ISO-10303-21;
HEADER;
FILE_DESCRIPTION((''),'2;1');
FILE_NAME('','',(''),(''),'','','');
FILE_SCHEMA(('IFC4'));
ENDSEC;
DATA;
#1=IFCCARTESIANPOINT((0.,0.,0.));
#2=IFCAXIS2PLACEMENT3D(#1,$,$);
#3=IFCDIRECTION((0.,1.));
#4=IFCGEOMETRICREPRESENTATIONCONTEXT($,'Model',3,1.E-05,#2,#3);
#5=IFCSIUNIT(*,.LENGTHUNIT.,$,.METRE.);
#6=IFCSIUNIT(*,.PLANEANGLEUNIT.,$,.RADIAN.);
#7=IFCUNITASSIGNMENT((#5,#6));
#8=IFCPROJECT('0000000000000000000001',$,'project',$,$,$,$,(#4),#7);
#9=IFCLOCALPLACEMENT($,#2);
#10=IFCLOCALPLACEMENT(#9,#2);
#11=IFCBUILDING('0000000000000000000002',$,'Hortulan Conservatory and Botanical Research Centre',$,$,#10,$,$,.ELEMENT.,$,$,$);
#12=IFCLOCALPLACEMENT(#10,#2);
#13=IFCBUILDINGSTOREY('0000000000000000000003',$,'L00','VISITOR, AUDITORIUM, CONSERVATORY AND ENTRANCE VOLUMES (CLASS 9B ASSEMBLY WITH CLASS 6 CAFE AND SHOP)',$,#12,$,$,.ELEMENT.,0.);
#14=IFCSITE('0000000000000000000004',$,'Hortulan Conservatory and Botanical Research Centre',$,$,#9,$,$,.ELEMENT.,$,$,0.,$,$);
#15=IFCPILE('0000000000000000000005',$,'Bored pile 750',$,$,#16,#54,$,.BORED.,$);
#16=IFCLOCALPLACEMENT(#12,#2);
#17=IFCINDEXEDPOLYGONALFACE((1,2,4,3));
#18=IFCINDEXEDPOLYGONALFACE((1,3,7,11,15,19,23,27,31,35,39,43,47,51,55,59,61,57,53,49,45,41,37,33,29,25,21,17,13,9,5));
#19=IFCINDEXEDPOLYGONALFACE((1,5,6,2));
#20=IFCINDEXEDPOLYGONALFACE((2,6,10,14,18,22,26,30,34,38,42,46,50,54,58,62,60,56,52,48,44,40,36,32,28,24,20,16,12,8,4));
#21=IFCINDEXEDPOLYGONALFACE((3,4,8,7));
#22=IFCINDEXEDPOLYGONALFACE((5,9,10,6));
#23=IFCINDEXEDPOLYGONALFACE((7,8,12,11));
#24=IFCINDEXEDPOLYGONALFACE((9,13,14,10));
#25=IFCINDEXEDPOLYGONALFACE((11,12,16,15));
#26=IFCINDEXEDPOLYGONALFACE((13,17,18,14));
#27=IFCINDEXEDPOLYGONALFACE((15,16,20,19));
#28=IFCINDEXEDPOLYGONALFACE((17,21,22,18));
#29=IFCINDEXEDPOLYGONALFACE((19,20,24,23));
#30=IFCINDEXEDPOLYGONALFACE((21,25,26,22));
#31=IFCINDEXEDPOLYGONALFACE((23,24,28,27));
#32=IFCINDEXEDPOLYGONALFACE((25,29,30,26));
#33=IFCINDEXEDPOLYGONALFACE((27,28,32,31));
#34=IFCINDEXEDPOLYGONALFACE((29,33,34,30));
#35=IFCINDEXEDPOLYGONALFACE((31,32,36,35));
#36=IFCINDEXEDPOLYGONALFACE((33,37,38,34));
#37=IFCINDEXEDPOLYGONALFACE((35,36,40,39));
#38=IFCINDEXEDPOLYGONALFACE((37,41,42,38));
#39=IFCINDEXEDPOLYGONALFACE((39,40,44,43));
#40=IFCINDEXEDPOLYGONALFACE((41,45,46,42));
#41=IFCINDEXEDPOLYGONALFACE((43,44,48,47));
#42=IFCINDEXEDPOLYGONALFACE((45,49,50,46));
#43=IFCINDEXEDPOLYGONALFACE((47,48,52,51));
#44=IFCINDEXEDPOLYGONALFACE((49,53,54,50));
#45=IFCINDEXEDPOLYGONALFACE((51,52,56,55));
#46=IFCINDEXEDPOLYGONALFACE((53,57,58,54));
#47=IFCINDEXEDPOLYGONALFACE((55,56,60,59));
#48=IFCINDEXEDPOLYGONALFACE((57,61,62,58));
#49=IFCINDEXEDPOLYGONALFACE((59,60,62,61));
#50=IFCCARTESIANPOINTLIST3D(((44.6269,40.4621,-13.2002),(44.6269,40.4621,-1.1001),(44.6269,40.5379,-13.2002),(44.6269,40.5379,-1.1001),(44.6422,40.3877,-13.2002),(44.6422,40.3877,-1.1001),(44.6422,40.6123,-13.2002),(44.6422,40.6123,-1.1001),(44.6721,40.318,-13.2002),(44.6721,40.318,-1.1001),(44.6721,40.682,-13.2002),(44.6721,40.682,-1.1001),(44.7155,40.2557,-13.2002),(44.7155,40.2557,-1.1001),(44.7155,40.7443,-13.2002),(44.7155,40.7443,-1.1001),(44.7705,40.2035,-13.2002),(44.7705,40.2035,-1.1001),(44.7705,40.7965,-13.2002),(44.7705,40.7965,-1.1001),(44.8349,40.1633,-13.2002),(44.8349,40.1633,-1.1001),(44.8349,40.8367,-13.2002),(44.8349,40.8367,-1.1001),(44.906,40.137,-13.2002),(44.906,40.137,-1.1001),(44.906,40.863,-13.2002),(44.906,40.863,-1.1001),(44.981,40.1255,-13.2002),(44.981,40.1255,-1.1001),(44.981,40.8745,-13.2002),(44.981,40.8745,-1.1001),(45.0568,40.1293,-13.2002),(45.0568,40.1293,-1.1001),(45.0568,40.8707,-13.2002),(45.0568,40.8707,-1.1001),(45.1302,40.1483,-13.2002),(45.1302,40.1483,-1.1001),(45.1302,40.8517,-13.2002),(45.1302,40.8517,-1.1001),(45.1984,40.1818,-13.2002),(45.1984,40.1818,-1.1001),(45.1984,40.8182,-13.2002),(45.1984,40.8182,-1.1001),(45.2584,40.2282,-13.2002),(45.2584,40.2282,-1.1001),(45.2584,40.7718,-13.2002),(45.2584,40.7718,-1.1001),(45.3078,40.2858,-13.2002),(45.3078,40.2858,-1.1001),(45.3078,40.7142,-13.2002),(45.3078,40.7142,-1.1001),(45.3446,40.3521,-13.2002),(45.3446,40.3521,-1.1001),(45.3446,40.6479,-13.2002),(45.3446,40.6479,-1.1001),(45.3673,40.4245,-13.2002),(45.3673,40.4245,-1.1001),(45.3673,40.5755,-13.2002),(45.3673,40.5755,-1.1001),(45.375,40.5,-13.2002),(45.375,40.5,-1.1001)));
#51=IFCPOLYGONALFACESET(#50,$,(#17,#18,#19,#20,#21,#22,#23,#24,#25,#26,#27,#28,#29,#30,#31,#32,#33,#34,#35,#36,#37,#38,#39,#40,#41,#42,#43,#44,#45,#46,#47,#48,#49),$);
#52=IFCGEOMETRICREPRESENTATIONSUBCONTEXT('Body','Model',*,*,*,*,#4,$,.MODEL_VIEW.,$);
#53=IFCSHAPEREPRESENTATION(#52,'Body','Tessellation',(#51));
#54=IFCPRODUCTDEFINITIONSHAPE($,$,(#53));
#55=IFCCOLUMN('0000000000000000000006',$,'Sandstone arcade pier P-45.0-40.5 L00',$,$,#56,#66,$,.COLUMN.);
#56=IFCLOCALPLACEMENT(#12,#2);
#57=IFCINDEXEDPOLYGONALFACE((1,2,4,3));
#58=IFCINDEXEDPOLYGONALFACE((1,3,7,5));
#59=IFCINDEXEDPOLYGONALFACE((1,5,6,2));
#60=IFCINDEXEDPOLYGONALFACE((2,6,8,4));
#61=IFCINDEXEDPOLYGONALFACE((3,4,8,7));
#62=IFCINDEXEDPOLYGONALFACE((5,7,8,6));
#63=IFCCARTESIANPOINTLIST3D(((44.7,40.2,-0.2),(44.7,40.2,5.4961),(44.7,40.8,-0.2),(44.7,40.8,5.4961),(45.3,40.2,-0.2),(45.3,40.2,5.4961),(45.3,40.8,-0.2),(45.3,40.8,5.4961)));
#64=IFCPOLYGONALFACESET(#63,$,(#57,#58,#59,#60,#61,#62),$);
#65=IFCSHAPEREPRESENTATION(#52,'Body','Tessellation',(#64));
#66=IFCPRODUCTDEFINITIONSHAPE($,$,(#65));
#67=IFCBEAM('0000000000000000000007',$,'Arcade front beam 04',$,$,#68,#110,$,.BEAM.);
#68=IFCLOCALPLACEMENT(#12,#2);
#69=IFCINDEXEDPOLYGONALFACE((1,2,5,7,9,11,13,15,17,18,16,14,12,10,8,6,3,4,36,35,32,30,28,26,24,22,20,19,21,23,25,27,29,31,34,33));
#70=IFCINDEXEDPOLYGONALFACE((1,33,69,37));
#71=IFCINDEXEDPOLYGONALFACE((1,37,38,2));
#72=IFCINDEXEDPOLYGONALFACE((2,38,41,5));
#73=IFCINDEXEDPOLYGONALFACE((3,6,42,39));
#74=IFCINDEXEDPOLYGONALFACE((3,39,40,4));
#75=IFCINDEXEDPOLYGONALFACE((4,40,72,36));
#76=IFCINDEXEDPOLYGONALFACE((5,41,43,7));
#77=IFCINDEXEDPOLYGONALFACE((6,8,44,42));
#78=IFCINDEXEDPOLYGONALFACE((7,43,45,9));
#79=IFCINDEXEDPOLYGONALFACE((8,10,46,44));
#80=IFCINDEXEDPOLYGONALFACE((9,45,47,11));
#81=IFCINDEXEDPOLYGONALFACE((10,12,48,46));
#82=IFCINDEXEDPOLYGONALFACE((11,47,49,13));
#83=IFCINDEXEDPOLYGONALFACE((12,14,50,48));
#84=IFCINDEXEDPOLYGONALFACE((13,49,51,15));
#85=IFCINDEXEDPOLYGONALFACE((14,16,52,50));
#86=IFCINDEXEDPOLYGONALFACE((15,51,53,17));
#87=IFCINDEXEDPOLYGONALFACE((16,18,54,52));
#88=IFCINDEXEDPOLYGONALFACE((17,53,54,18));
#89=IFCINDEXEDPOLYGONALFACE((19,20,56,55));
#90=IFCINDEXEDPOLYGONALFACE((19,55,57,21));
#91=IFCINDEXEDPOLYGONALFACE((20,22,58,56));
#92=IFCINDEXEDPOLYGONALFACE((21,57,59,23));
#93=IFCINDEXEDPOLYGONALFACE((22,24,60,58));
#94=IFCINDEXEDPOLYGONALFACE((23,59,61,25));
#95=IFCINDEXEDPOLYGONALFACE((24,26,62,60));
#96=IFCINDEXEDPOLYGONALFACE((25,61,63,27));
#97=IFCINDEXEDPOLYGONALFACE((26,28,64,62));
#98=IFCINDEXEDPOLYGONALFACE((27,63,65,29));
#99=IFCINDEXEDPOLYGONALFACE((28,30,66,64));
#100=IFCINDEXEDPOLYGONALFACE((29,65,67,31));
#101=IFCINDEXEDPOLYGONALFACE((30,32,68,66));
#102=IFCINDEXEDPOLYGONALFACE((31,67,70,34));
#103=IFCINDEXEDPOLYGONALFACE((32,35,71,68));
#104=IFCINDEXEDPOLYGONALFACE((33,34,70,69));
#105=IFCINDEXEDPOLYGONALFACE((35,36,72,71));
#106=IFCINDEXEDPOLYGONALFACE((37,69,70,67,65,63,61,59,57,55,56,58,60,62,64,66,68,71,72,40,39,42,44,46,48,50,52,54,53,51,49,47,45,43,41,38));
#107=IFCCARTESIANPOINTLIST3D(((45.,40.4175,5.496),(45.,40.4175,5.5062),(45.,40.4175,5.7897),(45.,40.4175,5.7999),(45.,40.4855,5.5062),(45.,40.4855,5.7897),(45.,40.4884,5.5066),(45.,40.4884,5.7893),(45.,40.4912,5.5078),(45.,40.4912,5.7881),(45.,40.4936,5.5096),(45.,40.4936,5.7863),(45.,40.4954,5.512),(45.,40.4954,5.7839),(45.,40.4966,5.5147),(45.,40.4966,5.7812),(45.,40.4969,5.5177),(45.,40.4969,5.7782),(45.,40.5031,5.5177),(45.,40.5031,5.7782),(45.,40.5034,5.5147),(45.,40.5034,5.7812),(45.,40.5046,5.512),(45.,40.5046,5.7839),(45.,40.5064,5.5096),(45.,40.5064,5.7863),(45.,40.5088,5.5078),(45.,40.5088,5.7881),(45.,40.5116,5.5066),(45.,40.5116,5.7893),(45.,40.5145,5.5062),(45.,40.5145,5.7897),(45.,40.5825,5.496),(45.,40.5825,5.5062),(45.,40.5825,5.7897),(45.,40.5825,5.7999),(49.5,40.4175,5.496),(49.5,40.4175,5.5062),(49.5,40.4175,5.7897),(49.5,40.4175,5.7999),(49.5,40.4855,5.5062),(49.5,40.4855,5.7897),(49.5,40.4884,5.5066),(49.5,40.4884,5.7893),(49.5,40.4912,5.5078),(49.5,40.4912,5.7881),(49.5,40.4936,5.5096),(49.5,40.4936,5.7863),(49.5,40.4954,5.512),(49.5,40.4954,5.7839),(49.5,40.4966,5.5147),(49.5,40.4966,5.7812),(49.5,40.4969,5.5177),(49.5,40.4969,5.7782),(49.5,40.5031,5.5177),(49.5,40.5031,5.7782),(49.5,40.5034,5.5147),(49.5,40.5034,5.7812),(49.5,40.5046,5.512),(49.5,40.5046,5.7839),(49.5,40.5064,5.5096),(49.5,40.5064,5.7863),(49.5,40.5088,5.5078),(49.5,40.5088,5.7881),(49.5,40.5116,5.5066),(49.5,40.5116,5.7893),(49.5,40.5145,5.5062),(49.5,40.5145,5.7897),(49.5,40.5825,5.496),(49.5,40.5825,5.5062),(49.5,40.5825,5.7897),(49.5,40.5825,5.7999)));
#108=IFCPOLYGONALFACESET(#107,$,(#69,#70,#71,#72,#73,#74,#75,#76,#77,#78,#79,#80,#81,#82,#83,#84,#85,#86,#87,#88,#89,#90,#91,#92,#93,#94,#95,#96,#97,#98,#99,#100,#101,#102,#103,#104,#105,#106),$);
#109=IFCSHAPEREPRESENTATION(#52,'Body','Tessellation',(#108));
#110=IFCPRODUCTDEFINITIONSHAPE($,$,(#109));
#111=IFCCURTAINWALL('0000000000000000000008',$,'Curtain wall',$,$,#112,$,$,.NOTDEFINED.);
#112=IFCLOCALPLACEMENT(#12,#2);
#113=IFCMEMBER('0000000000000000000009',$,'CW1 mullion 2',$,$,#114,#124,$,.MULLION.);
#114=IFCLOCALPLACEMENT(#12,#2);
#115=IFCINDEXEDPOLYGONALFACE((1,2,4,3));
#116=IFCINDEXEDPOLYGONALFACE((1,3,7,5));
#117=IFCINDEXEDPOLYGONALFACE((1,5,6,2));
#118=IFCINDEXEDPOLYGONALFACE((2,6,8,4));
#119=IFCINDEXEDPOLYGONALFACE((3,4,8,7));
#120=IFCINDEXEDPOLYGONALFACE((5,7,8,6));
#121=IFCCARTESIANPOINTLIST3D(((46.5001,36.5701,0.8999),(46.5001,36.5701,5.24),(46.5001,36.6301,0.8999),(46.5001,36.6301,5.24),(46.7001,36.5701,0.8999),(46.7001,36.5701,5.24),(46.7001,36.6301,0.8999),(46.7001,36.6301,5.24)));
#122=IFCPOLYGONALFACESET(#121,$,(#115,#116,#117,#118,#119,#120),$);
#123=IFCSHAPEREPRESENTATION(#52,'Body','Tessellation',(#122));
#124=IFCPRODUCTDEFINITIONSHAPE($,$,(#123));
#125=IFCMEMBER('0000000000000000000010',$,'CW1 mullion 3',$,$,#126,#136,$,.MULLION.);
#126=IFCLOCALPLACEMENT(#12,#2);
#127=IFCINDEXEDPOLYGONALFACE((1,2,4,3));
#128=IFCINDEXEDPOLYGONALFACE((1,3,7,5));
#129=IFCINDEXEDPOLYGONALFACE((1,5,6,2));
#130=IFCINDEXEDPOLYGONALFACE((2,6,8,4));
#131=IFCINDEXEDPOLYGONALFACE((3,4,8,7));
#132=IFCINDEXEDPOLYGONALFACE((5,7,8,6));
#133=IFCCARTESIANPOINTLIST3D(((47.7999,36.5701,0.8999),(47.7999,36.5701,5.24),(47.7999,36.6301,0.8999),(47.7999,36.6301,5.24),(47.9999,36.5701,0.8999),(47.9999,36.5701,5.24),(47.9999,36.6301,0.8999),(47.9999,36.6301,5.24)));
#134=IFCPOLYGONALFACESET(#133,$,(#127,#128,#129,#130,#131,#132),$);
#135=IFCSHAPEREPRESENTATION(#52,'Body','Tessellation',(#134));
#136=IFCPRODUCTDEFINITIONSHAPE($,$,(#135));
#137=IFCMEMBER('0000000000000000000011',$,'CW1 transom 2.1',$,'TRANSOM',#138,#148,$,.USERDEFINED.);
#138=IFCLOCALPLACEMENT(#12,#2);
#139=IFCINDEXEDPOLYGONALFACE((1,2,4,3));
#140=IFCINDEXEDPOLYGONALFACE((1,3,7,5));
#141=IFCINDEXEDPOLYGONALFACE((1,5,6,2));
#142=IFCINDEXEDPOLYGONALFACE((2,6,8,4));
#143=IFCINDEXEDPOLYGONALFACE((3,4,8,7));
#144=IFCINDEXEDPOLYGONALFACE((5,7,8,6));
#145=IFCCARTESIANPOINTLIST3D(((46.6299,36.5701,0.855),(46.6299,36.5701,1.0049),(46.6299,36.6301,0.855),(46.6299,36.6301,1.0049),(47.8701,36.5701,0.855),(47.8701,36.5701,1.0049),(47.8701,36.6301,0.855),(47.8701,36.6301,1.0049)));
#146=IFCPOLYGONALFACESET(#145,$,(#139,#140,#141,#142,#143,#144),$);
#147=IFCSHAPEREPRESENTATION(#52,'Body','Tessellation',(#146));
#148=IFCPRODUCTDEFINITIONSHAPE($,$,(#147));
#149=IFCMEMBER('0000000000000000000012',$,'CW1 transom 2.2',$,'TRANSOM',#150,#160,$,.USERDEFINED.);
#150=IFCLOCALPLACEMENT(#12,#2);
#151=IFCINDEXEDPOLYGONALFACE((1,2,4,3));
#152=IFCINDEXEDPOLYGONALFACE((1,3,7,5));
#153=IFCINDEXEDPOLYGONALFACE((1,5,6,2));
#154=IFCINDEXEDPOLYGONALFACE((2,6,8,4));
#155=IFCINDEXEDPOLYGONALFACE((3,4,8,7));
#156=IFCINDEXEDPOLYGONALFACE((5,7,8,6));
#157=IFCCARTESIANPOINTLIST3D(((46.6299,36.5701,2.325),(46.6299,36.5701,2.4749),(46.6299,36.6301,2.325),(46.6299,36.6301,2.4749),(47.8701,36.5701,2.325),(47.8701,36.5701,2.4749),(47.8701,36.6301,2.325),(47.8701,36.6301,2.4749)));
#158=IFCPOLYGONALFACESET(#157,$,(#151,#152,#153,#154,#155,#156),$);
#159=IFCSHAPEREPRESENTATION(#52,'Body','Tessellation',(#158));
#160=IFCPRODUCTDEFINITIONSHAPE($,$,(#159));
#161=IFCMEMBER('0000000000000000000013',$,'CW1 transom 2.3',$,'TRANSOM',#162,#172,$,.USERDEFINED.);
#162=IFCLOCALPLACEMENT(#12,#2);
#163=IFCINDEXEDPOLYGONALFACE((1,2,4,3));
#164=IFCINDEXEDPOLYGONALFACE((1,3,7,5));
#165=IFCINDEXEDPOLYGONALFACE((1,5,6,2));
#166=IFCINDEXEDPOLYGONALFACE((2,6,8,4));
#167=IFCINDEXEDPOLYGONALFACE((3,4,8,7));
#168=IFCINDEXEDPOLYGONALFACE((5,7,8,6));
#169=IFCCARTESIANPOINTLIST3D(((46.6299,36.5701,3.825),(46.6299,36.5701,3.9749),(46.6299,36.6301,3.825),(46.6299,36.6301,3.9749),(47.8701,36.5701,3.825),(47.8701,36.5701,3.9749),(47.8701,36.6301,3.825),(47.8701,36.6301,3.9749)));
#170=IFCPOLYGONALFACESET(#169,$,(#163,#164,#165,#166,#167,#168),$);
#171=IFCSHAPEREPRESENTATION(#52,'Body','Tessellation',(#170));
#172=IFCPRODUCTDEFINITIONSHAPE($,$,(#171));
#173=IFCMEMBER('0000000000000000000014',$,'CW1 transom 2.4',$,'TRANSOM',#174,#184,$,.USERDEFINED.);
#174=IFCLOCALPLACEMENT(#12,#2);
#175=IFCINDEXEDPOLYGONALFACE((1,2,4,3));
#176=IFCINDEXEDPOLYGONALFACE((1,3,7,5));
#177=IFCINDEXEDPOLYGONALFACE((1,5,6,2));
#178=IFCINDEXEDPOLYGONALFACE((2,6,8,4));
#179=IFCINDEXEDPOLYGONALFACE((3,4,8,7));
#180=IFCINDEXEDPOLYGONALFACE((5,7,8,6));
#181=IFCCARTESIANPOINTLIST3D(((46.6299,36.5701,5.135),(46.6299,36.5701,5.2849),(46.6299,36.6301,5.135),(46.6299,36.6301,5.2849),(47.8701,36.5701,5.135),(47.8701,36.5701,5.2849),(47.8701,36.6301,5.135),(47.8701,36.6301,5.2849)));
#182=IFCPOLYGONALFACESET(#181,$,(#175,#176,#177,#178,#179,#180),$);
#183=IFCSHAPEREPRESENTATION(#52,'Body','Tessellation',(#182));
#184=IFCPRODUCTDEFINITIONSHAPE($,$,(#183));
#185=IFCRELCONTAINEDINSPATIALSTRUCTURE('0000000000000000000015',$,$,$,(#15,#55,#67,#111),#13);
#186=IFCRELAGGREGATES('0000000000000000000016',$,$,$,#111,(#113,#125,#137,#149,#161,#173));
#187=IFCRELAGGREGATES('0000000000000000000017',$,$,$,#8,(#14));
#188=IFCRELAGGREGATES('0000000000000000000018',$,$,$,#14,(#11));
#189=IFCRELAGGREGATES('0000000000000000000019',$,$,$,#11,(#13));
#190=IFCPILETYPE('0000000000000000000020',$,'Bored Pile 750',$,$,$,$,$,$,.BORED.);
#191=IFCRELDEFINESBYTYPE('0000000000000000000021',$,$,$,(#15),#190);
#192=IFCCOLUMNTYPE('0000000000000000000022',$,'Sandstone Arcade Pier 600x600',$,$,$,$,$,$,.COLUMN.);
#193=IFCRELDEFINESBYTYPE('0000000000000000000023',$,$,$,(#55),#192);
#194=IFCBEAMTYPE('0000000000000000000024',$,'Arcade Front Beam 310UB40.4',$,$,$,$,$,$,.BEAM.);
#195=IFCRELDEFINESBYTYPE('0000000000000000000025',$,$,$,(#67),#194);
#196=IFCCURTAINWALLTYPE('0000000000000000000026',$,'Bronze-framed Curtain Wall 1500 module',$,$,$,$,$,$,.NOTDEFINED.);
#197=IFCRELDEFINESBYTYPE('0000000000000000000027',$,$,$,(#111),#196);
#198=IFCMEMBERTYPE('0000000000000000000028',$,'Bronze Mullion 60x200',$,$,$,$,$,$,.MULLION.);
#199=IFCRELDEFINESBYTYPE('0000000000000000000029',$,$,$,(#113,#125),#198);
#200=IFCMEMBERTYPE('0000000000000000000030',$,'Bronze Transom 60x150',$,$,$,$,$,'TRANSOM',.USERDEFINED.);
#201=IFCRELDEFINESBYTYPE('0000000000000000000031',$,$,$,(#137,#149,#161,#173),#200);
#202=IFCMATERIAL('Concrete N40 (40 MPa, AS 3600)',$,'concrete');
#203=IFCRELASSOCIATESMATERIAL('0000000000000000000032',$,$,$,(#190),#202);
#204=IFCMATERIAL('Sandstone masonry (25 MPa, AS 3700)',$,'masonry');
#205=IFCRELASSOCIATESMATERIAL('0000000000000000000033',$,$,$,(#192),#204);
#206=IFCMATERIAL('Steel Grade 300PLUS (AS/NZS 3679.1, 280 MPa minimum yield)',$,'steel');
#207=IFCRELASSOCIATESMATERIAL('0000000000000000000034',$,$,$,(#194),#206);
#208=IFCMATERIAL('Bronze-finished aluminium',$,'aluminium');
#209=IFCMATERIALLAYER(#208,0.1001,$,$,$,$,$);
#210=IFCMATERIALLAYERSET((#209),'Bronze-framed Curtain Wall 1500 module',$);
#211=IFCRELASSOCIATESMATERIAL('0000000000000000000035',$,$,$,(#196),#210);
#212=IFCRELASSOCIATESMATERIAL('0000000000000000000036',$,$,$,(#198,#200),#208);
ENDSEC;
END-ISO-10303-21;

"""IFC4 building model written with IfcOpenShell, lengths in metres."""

from ifc_helpers import new_model, si_unit, direction, frame, origin, origin_2d, place, context, subcontext, project, spatial, rectangle, circle, i_section, extrude, material, layer, layer_set, material_profile, profile_set, type_object, element, aggregate, save


model = new_model("IFC4")

# Units and contexts
model_context = context("Model", 3, precision=1e-05, world=origin(), true_north=direction((0.0, 1.0)))
body_context = subcontext(model_context, "Body", "Model", "MODEL_VIEW")
ifc_project = project(units=[si_unit("LENGTHUNIT", "METRE"), si_unit("PLANEANGLEUNIT", "RADIAN")], contexts=[model_context])

# Site, building, storey
site_placement = place(None, origin())
site = spatial("IfcSite", under=ifc_project, at=site_placement, Name="Hortulan Conservatory and Botanical Research Centre", CompositionType="ELEMENT", RefElevation=0.0)
building_placement = place(site_placement, origin())
building = spatial("IfcBuilding", under=site, at=building_placement, Name="Hortulan Conservatory and Botanical Research Centre", CompositionType="ELEMENT")
storey_placement = place(building_placement, origin())
storey = spatial("IfcBuildingStorey", under=building, at=storey_placement, Name="L00", Description="VISITOR, AUDITORIUM, CONSERVATORY AND ENTRANCE VOLUMES (CLASS 9B ASSEMBLY WITH CLASS 6 CAFE AND SHOP)", CompositionType="ELEMENT", Elevation=0.0)

# Pile
ifc_material_1 = material(Name="Concrete N40 (40 MPa, AS 3600)", Category="concrete")
ifc_material_profile_1 = material_profile(ifc_material_1, circle(Radius=0.375, at=origin_2d()), Name="Bored pile 750 diameter")
ifc_profile_set_1 = profile_set([ifc_material_profile_1], Name="Concrete N40 (40 MPa, AS 3600)")
pile_type = type_object("IfcPileType", Name="Bored Pile 750", PredefinedType="BORED", material=ifc_profile_set_1)
pile_placement = place(storey_placement, frame((45.0, 40.5, -1.1001), z_axis=(0.0, 0.0, -1.0), x_axis=(1.0, 0.0, 0.0)))
element("IfcPile", 1, at=pile_placement, inside=storey, type_object=pile_type, Name="Bored pile 750", PredefinedType="BORED", context=body_context, shape_type="SweptSolid", body=[
    extrude(circle(Radius=0.375, at=origin_2d()), origin(), (0.0, 0.0, 1.0), 12.1001),
])

# Column
ifc_material_2 = material(Name="Sandstone masonry (25 MPa, AS 3700)", Category="masonry")
ifc_material_profile_2 = material_profile(ifc_material_2, rectangle(XDim=0.6001, YDim=0.6001, at=origin_2d()), Name="Square pier 600")
ifc_profile_set_2 = profile_set([ifc_material_profile_2], Name="Sandstone masonry (25 MPa, AS 3700)")
column_type = type_object("IfcColumnType", Name="Sandstone Arcade Pier 600x600", PredefinedType="COLUMN", material=ifc_profile_set_2)
column_placement = place(storey_placement, frame((45.0, 40.5, -0.2), z_axis=(0.0, 0.0, 1.0), x_axis=(1.0, 0.0, 0.0)))
element("IfcColumn", 2, at=column_placement, inside=storey, type_object=column_type, Name="Sandstone arcade pier P-45.0-40.5 L00", PredefinedType="COLUMN", context=body_context, shape_type="SweptSolid", body=[
    extrude(rectangle(XDim=0.6001, YDim=0.6001, at=origin_2d()), origin(), (0.0, 0.0, 1.0), 5.696),
])

# Beam
ifc_material_3 = material(Name="Steel Grade 300PLUS (AS/NZS 3679.1, 280 MPa minimum yield)", Category="steel")
ifc_material_profile_3 = material_profile(ifc_material_3, i_section(OverallWidth=0.165, OverallDepth=0.304, WebThickness=0.0061, FlangeThickness=0.0103, FilletRadius=0.0115, at=origin_2d()), Name="310UB40.4")
ifc_profile_set_3 = profile_set([ifc_material_profile_3], Name="Steel Grade 300PLUS (AS/NZS 3679.1, 280 MPa minimum yield)")
beam_type_1 = type_object("IfcBeamType", Name="Arcade Front Beam 310UB40.4", PredefinedType="BEAM", material=ifc_profile_set_3)
beam_1_placement = place(storey_placement, frame((45.0, 40.5, 5.6479), z_axis=(1.0, 0.0, 0.0), x_axis=(0.0, 1.0, 0.0)))
element("IfcBeam", 3, at=beam_1_placement, inside=storey, type_object=beam_type_1, Name="Arcade front beam 04", PredefinedType="BEAM", context=body_context, shape_type="SweptSolid", body=[
    extrude(i_section(OverallWidth=0.165, OverallDepth=0.304, WebThickness=0.0061, FlangeThickness=0.0103, FilletRadius=0.0115, at=origin_2d()), origin(), (0.0, 0.0, 1.0), 4.5),
])

# Curtain wall, members
ifc_material_4 = material(Name="Bronze-finished aluminium", Category="aluminium")
ifc_layer_1 = layer(ifc_material_4, 0.1001)
ifc_layer_set_1 = layer_set([ifc_layer_1], Name="Bronze-framed Curtain Wall 1500 module")
curtain_wall_type = type_object("IfcCurtainWallType", Name="Bronze-framed Curtain Wall 1500 module", PredefinedType="NOTDEFINED", material=ifc_layer_set_1)
curtain_wall_placement = place(storey_placement, origin())
curtain_wall = element("IfcCurtainWall", 4, at=curtain_wall_placement, inside=storey, type_object=curtain_wall_type, Name="Curtain wall", PredefinedType="NOTDEFINED")
ifc_material_profile_4 = material_profile(ifc_material_4, rectangle(XDim=0.0601, YDim=0.2, at=origin_2d()), Name="Bronze Mullion 60x200")
ifc_profile_set_4 = profile_set([ifc_material_profile_4], Name="Bronze-finished aluminium")
member_type_1 = type_object("IfcMemberType", Name="Bronze Mullion 60x200", PredefinedType="MULLION", material=ifc_profile_set_4)
member_1_placement = place(storey_placement, frame((46.6001, 36.6001, 0.8999), z_axis=(0.0, 0.0, 1.0), x_axis=(0.0, 1.0, 0.0)))
member_1 = element("IfcMember", 5, at=member_1_placement, type_object=member_type_1, Name="CW1 mullion 2", PredefinedType="MULLION", context=body_context, shape_type="SweptSolid", body=[
    extrude(rectangle(XDim=0.0601, YDim=0.2, at=origin_2d()), origin(), (0.0, 0.0, 1.0), 4.3401),
])
member_2_placement = place(storey_placement, frame((47.8999, 36.6001, 0.8999), z_axis=(0.0, 0.0, 1.0), x_axis=(0.0, 1.0, 0.0)))
member_2 = element("IfcMember", 6, at=member_2_placement, type_object=member_type_1, Name="CW1 mullion 3", PredefinedType="MULLION", context=body_context, shape_type="SweptSolid", body=[
    extrude(rectangle(XDim=0.0601, YDim=0.2, at=origin_2d()), origin(), (0.0, 0.0, 1.0), 4.3401),
])
ifc_material_profile_5 = material_profile(ifc_material_4, rectangle(XDim=0.0601, YDim=0.1499, at=origin_2d()), Name="Bronze Transom 60x150")
ifc_profile_set_5 = profile_set([ifc_material_profile_5], Name="Bronze-finished aluminium")
member_type_2 = type_object("IfcMemberType", Name="Bronze Transom 60x150", ElementType="TRANSOM", PredefinedType="USERDEFINED", material=ifc_profile_set_5)
member_3_placement = place(storey_placement, frame((46.6299, 36.6001, 0.9299), z_axis=(1.0, 0.0, 0.0), x_axis=(0.0, 1.0, 0.0)))
member_3 = element("IfcMember", 7, at=member_3_placement, type_object=member_type_2, Name="CW1 transom 2.1", ObjectType="TRANSOM", PredefinedType="USERDEFINED", context=body_context, shape_type="SweptSolid", body=[
    extrude(rectangle(XDim=0.0601, YDim=0.1499, at=origin_2d()), origin(), (0.0, 0.0, 1.0), 1.2402),
])
member_4_placement = place(storey_placement, frame((46.6299, 36.6001, 2.3999), z_axis=(1.0, 0.0, 0.0), x_axis=(0.0, 1.0, 0.0)))
member_4 = element("IfcMember", 8, at=member_4_placement, type_object=member_type_2, Name="CW1 transom 2.2", ObjectType="TRANSOM", PredefinedType="USERDEFINED", context=body_context, shape_type="SweptSolid", body=[
    extrude(rectangle(XDim=0.0601, YDim=0.1499, at=origin_2d()), origin(), (0.0, 0.0, 1.0), 1.2402),
])
member_5_placement = place(storey_placement, frame((46.6299, 36.6001, 3.8999), z_axis=(1.0, 0.0, 0.0), x_axis=(0.0, 1.0, 0.0)))
member_5 = element("IfcMember", 9, at=member_5_placement, type_object=member_type_2, Name="CW1 transom 2.3", ObjectType="TRANSOM", PredefinedType="USERDEFINED", context=body_context, shape_type="SweptSolid", body=[
    extrude(rectangle(XDim=0.0601, YDim=0.1499, at=origin_2d()), origin(), (0.0, 0.0, 1.0), 1.2402),
])
member_6_placement = place(storey_placement, frame((46.6299, 36.6001, 5.21), z_axis=(1.0, 0.0, 0.0), x_axis=(0.0, 1.0, 0.0)))
member_6 = element("IfcMember", 10, at=member_6_placement, type_object=member_type_2, Name="CW1 transom 2.4", ObjectType="TRANSOM", PredefinedType="USERDEFINED", context=body_context, shape_type="SweptSolid", body=[
    extrude(rectangle(XDim=0.0601, YDim=0.1499, at=origin_2d()), origin(), (0.0, 0.0, 1.0), 1.2402),
])

aggregate(curtain_wall, [member_1, member_2, member_3, member_4, member_5, member_6])

save(model, "model.ifc")
